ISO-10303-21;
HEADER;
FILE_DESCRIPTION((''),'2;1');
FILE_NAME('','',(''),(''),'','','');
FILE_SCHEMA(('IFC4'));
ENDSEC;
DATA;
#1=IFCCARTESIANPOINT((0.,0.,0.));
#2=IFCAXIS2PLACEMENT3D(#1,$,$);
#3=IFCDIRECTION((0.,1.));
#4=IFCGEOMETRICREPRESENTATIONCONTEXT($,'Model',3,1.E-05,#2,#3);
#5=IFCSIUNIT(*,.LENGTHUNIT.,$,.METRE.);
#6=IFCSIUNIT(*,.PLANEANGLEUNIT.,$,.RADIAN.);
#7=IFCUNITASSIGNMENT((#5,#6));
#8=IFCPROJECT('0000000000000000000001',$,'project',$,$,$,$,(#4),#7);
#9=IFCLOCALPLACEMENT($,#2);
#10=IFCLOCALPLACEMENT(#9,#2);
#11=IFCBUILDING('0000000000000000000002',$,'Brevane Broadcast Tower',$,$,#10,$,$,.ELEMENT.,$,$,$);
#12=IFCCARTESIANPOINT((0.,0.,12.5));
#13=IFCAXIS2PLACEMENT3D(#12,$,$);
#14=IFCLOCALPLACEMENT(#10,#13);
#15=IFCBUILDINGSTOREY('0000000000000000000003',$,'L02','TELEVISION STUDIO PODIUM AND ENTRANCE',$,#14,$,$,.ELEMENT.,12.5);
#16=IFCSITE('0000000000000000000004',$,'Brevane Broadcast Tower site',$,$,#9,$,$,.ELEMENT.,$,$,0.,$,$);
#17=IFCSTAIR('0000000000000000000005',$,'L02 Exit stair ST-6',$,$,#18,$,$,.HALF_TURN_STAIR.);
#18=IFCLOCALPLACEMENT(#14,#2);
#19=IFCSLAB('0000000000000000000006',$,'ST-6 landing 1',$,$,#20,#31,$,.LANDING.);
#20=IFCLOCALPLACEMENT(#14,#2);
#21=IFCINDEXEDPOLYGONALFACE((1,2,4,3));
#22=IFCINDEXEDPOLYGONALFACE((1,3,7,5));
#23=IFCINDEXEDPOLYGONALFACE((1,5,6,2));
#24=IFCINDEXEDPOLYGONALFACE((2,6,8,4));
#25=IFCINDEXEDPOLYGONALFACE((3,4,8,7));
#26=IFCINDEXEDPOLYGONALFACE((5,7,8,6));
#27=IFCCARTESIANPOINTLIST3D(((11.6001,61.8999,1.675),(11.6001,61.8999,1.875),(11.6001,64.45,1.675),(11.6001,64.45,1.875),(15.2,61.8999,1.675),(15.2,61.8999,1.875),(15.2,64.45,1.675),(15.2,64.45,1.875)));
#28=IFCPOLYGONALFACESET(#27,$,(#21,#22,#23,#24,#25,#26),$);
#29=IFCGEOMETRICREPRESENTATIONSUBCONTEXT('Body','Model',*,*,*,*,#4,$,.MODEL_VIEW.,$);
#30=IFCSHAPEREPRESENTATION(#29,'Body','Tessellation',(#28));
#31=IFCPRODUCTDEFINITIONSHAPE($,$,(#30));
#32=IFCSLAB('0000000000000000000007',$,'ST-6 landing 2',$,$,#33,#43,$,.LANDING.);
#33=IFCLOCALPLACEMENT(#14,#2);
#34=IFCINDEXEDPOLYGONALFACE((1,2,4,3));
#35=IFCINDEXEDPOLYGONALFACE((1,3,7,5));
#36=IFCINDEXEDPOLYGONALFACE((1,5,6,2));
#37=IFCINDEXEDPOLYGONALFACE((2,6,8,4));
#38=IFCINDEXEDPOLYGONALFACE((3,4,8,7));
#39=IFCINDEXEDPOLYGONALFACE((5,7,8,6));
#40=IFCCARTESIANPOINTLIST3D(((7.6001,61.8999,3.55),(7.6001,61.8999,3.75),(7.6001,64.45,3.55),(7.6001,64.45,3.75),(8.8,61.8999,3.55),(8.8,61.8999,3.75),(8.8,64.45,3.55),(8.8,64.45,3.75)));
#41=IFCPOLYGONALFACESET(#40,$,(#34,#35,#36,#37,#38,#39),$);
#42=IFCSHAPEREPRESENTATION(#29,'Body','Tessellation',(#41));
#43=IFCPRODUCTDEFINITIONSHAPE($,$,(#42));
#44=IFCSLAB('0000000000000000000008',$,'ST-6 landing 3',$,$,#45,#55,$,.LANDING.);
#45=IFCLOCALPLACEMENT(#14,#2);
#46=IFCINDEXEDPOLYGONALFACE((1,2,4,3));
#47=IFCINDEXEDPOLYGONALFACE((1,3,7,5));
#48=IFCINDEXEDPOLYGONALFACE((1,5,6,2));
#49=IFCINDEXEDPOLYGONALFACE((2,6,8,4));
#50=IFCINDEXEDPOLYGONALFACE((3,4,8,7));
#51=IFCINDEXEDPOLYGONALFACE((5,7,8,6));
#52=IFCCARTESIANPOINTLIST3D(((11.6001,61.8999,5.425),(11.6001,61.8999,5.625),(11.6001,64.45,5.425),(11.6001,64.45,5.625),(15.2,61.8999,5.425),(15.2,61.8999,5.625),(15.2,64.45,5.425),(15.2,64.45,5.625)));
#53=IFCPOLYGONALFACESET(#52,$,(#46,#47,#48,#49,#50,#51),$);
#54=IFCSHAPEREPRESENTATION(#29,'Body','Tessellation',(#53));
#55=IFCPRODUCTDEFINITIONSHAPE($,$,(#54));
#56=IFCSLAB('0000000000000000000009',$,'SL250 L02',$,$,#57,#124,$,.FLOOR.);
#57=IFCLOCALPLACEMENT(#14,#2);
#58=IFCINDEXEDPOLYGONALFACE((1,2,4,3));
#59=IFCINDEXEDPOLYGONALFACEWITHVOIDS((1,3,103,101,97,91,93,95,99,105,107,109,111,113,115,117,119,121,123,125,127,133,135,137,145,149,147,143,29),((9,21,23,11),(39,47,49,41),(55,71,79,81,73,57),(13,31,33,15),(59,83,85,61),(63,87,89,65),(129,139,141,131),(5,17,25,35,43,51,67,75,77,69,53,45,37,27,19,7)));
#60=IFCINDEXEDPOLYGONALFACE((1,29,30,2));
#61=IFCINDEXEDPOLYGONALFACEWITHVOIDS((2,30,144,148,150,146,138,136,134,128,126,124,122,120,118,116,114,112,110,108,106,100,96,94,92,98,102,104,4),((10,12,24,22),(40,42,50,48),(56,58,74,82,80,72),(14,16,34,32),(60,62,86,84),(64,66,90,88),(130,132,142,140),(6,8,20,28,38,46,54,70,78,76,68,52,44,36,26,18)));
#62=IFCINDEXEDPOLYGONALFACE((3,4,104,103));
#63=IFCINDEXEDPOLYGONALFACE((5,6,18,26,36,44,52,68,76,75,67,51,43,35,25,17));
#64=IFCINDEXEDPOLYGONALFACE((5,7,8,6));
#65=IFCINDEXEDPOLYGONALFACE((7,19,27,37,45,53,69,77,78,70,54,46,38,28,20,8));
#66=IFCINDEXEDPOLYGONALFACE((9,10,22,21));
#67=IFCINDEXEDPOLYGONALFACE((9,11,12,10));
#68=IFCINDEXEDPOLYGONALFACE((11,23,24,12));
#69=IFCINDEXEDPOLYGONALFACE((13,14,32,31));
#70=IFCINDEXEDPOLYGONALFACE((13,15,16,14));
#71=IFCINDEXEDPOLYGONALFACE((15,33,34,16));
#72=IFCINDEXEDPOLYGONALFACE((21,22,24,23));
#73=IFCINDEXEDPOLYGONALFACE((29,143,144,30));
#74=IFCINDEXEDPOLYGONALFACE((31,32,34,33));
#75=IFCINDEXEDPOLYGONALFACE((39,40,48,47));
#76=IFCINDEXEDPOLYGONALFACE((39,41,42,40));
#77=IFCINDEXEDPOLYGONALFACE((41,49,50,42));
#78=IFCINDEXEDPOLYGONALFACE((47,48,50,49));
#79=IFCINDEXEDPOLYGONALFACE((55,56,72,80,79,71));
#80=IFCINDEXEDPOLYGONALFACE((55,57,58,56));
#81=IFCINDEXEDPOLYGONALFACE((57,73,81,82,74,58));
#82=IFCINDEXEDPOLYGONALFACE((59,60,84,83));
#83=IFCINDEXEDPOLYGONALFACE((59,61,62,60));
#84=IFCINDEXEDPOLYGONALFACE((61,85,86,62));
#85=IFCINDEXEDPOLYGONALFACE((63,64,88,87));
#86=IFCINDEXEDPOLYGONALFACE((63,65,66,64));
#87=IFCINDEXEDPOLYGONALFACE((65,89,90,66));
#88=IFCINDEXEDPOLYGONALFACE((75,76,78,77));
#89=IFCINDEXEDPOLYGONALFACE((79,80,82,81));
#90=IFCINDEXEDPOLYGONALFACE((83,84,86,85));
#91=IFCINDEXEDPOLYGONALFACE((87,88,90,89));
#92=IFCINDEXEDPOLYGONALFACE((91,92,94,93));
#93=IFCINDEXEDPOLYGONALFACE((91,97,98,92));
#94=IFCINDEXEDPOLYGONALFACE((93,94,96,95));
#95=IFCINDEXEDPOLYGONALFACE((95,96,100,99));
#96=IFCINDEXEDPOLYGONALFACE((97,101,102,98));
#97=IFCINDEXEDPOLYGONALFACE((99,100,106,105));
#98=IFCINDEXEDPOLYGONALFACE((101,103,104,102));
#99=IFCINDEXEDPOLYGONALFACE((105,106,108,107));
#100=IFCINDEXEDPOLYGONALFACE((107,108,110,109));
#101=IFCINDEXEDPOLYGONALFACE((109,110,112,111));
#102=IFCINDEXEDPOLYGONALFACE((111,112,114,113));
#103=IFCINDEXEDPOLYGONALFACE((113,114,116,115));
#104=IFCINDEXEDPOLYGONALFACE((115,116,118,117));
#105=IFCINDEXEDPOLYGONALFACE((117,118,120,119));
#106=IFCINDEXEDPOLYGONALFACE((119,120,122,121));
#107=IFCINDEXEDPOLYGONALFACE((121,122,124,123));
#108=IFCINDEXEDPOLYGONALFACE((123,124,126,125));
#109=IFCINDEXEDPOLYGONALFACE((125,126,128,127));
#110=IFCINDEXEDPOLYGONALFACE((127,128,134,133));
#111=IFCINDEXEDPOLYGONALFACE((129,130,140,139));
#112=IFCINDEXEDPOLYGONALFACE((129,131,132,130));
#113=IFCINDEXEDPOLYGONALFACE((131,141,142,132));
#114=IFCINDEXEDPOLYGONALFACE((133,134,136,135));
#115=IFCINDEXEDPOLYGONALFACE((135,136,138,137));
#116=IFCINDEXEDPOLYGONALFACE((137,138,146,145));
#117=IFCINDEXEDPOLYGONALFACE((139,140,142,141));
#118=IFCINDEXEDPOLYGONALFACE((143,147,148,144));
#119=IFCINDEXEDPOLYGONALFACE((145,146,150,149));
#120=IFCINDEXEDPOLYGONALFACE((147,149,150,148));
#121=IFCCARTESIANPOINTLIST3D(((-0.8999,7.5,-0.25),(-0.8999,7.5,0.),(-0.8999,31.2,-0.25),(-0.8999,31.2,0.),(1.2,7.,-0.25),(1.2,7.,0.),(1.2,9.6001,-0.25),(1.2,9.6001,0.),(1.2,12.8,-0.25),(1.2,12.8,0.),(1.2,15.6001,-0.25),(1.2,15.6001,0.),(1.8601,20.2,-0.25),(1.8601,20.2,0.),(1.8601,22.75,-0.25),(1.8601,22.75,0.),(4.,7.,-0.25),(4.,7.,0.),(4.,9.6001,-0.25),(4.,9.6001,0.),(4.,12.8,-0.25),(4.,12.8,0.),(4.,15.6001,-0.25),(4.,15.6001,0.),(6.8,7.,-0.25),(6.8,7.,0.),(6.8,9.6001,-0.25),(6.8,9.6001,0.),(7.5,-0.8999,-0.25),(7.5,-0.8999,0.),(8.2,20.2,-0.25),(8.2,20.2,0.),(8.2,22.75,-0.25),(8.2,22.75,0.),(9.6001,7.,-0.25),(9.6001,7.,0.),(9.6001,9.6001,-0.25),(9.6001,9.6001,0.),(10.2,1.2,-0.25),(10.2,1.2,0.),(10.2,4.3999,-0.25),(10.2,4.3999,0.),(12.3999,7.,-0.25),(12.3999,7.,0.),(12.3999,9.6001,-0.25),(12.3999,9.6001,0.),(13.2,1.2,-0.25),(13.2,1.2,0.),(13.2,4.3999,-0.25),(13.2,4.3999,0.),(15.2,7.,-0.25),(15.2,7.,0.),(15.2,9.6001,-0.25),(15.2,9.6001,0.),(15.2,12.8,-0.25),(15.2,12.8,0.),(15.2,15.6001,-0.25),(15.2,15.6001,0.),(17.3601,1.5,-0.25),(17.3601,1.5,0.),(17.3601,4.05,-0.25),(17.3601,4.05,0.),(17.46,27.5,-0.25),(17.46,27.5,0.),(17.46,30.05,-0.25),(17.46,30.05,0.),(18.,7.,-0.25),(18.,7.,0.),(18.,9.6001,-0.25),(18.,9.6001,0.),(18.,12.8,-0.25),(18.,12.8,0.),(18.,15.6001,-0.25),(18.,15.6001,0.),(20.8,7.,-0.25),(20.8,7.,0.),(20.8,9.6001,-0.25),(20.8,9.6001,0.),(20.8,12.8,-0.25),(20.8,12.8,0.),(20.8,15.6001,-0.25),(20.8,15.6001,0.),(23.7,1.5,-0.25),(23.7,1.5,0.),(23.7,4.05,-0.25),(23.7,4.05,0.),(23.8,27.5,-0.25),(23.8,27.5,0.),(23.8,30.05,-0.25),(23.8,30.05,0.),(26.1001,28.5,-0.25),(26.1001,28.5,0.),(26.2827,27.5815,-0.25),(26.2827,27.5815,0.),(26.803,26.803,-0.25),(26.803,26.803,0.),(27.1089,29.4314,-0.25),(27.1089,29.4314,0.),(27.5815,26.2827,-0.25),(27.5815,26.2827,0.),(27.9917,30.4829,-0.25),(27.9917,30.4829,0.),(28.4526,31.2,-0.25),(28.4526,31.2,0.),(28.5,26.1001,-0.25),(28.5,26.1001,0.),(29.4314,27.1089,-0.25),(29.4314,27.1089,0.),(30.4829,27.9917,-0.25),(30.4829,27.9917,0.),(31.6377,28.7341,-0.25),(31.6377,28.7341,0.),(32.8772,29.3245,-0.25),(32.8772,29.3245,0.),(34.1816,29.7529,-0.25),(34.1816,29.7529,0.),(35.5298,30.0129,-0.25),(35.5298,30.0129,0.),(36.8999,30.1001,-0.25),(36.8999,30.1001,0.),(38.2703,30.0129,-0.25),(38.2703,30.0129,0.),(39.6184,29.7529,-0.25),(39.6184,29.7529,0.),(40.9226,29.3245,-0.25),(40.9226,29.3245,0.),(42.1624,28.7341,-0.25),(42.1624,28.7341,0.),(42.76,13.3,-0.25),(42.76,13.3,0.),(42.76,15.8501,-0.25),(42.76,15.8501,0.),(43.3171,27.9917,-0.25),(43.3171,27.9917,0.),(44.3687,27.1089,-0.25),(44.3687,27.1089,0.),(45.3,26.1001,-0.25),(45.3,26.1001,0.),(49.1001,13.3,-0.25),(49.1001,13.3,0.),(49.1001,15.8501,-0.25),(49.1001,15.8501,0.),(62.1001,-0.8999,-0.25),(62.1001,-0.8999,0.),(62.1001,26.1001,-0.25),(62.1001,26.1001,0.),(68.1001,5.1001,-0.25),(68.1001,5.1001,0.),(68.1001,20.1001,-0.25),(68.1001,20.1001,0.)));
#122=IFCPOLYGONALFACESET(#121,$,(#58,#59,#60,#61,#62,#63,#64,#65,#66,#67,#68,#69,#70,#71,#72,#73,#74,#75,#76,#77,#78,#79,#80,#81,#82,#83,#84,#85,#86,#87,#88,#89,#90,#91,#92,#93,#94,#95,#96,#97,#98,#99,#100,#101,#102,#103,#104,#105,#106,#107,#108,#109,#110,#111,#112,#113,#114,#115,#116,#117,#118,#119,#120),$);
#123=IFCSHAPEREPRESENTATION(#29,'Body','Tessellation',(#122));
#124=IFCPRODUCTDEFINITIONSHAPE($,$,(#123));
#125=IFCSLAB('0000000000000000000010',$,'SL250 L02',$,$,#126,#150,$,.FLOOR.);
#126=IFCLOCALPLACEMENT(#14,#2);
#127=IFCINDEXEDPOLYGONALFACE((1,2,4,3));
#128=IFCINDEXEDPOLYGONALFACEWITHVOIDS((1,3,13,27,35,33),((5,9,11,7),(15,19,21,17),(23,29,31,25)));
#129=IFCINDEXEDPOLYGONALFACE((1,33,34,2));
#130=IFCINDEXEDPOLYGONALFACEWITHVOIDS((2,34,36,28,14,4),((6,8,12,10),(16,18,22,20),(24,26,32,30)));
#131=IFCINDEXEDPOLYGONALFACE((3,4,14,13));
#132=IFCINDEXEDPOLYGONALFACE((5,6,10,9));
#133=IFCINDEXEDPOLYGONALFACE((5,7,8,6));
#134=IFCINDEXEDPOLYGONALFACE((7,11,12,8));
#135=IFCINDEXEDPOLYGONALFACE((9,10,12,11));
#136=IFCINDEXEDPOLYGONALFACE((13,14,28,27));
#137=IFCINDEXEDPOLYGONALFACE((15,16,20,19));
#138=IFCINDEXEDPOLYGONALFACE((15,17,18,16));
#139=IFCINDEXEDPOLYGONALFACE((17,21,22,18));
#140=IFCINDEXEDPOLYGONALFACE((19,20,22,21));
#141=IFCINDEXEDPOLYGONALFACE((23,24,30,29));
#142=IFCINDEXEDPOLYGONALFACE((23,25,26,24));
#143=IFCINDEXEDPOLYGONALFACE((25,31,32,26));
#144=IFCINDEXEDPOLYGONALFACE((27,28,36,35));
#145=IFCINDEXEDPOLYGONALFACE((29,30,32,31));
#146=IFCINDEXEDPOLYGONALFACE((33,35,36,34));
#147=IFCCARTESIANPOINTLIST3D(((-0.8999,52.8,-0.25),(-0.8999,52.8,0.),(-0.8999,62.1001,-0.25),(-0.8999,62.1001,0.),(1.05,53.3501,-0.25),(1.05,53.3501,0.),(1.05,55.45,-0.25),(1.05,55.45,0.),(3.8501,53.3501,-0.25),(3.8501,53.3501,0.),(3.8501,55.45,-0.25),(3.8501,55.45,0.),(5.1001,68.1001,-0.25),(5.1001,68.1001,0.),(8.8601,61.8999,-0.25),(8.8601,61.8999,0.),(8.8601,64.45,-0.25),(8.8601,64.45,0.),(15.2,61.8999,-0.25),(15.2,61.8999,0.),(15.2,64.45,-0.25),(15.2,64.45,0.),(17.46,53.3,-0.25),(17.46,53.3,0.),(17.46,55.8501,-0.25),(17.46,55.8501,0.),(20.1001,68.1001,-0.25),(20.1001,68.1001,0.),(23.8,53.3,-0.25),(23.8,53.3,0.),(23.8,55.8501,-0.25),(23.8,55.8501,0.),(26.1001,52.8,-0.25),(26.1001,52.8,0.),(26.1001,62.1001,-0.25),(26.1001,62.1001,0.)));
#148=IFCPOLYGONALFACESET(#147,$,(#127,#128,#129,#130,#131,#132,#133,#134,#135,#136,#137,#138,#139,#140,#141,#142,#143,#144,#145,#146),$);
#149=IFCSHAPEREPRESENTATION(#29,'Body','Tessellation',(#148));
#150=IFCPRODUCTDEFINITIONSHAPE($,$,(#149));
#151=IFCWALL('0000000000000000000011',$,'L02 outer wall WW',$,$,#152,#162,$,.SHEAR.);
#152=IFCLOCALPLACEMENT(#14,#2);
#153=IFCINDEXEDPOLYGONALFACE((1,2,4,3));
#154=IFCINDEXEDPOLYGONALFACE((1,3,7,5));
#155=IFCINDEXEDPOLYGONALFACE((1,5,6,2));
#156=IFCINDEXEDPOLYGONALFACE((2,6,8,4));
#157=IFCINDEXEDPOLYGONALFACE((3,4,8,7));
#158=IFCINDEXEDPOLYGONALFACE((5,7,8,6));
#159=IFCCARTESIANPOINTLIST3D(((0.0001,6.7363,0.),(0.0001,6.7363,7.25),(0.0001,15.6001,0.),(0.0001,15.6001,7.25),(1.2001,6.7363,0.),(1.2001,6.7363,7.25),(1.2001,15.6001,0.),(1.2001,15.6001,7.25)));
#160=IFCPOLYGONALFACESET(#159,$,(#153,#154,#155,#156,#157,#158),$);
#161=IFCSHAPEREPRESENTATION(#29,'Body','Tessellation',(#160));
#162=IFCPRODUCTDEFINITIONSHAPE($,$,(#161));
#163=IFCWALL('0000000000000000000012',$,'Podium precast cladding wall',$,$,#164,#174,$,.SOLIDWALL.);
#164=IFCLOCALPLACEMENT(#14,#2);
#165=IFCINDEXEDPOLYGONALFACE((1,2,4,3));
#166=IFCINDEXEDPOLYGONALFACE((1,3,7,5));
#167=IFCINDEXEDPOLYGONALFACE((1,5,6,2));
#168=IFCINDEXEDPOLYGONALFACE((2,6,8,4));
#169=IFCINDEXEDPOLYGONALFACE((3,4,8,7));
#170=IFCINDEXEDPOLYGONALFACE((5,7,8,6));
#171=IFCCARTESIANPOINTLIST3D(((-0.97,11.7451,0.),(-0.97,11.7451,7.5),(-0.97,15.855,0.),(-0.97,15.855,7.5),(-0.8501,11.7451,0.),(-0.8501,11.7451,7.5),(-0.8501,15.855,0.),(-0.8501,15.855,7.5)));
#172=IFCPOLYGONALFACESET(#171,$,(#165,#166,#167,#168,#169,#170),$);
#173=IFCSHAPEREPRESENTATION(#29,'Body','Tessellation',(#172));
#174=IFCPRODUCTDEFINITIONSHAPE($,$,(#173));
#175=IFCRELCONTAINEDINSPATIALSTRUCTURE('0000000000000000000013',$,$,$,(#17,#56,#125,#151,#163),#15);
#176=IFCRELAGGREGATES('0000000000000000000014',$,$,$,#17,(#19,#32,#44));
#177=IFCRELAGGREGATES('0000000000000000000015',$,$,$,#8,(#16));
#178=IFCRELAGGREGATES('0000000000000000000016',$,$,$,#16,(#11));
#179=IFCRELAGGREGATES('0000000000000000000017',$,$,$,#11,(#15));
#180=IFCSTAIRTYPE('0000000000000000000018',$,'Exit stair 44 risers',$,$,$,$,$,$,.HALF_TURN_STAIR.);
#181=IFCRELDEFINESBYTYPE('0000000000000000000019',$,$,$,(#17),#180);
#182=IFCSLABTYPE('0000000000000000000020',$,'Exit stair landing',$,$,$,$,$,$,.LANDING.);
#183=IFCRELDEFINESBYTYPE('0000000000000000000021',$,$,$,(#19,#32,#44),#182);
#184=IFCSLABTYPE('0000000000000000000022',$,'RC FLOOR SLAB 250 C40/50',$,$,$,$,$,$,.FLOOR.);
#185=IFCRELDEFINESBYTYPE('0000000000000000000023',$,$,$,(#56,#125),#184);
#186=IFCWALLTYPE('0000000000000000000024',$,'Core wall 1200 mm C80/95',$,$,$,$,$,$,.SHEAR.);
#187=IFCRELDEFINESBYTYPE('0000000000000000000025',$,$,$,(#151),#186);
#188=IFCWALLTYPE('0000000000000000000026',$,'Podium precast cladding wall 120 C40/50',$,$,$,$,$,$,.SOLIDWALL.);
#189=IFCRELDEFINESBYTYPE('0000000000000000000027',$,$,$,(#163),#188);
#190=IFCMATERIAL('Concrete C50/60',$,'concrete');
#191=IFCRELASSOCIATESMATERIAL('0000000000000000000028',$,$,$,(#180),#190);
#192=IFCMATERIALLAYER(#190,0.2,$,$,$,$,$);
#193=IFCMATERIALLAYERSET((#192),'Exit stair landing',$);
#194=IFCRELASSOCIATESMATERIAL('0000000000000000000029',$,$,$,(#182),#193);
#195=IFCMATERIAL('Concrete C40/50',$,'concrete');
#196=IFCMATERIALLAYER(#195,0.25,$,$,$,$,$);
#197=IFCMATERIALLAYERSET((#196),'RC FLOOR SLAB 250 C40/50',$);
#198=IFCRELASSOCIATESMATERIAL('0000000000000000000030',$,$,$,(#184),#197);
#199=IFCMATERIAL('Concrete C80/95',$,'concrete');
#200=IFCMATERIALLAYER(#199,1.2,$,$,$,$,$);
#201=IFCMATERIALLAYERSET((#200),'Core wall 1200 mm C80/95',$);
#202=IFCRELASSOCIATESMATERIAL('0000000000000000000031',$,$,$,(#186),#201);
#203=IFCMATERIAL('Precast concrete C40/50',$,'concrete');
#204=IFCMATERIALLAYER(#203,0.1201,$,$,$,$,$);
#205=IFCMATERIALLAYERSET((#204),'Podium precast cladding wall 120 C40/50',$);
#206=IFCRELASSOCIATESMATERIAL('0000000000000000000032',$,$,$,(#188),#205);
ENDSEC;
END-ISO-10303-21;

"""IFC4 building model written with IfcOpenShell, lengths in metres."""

from ifc_helpers import new_model, si_unit, direction, frame, frame_2d, origin, place, context, subcontext, project, spatial, polyline, rectangle, outline, extrude, material, layer, layer_set, type_object, element, aggregate, save


model = new_model("IFC4")

# Units and contexts
model_context = context("Model", 3, precision=1e-05, world=origin(), true_north=direction((0.0, 1.0)))
body_context = subcontext(model_context, "Body", "Model", "MODEL_VIEW")
ifc_project = project(units=[si_unit("LENGTHUNIT", "METRE"), si_unit("PLANEANGLEUNIT", "RADIAN")], contexts=[model_context])

# Site, building, storey
site_placement = place(None, origin())
site = spatial("IfcSite", under=ifc_project, at=site_placement, Name="Brevane Broadcast Tower site", CompositionType="ELEMENT", RefElevation=0.0)
building_placement = place(site_placement, origin())
building = spatial("IfcBuilding", under=site, at=building_placement, Name="Brevane Broadcast Tower", CompositionType="ELEMENT")
storey_placement = place(building_placement, frame((0.0, 0.0, 12.5)))
storey = spatial("IfcBuildingStorey", under=building, at=storey_placement, Name="L02", Description="TELEVISION STUDIO PODIUM AND ENTRANCE", CompositionType="ELEMENT", Elevation=12.5)

# Stair, slabs
ifc_material_1 = material(Name="Concrete C50/60", Category="concrete")
stair_type = type_object("IfcStairType", Name="Exit stair 44 risers", PredefinedType="HALF_TURN_STAIR", material=ifc_material_1)
ifc_layer_1 = layer(ifc_material_1, 0.2)
ifc_layer_set_1 = layer_set([ifc_layer_1], Name="Exit stair landing")
slab_type_1 = type_object("IfcSlabType", Name="Exit stair landing", PredefinedType="LANDING", material=ifc_layer_set_1)
stair_1_placement = place(storey_placement, origin())
stair_1 = element("IfcStair", 1, at=stair_1_placement, inside=storey, type_object=stair_type, Name="L02 Exit stair ST-6", PredefinedType="HALF_TURN_STAIR")
slab_1_placement = place(storey_placement, frame((0.0, 0.0, 1.675)))
slab_1 = element("IfcSlab", 2, at=slab_1_placement, type_object=slab_type_1, Name="ST-6 landing 1", PredefinedType="LANDING", context=body_context, shape_type="SweptSolid", body=[
    extrude(outline(polyline([(11.6001, 61.8999), (15.2, 61.8999), (15.2, 64.45), (11.6001, 64.45), (11.6001, 61.8999)])), origin(), (0.0, 0.0, 1.0), 0.2),
])
slab_2_placement = place(storey_placement, frame((0.0, 0.0, 3.55)))
slab_2 = element("IfcSlab", 3, at=slab_2_placement, type_object=slab_type_1, Name="ST-6 landing 2", PredefinedType="LANDING", context=body_context, shape_type="SweptSolid", body=[
    extrude(outline(polyline([(7.6001, 61.8999), (8.8, 61.8999), (8.8, 64.45), (7.6001, 64.45), (7.6001, 61.8999)])), origin(), (0.0, 0.0, 1.0), 0.2),
])
slab_3_placement = place(storey_placement, frame((0.0, 0.0, 5.425)))
slab_3 = element("IfcSlab", 4, at=slab_3_placement, type_object=slab_type_1, Name="ST-6 landing 3", PredefinedType="LANDING", context=body_context, shape_type="SweptSolid", body=[
    extrude(outline(polyline([(11.6001, 61.8999), (15.2, 61.8999), (15.2, 64.45), (11.6001, 64.45), (11.6001, 61.8999)])), origin(), (0.0, 0.0, 1.0), 0.2),
])
aggregate(stair_1, [slab_1, slab_2, slab_3])

# Slabs
ifc_material_2 = material(Name="Concrete C40/50", Category="concrete")
ifc_layer_2 = layer(ifc_material_2, 0.25)
ifc_layer_set_2 = layer_set([ifc_layer_2], Name="RC FLOOR SLAB 250 C40/50")
slab_type_2 = type_object("IfcSlabType", Name="RC FLOOR SLAB 250 C40/50", PredefinedType="FLOOR", material=ifc_layer_set_2)
slab_4_placement = place(storey_placement, frame((0.0, 0.0, -0.25)))
element("IfcSlab", 5, at=slab_4_placement, inside=storey, type_object=slab_type_2, Name="SL250 L02", PredefinedType="FLOOR", context=body_context, shape_type="SweptSolid", body=[
    extrude(outline(polyline([(-0.8999, 31.2), (28.4526, 31.2), (27.9917, 30.4829), (27.1089, 29.4314), (26.1001, 28.5), (26.2827, 27.5815), (26.803, 26.803), (27.5815, 26.2827), (28.5, 26.1001), (29.4314, 27.1089), (30.4829, 27.9917), (31.6377, 28.7341), (32.8772, 29.3245), (34.1816, 29.7529), (35.5298, 30.0129), (36.8999, 30.1001), (38.2703, 30.0129), (39.6184, 29.7529), (40.9226, 29.3245), (42.1624, 28.7341), (43.3171, 27.9917), (44.3687, 27.1089), (45.3, 26.1001), (62.1001, 26.1001), (68.1001, 20.1001), (68.1001, 5.1001), (62.1001, -0.8999), (7.5, -0.8999), (-0.8999, 7.5), (-0.8999, 31.2)]), holes=[polyline([(13.2, 1.2), (13.2, 4.3999), (10.2, 4.3999), (10.2, 1.2), (13.2, 1.2)]), polyline([(6.8, 9.6001), (4.0, 9.6001), (1.2, 9.6001), (1.2, 7.0), (4.0, 7.0), (6.8, 7.0), (9.6001, 7.0), (12.3999, 7.0), (15.2, 7.0), (18.0, 7.0), (20.8, 7.0), (20.8, 9.6001), (18.0, 9.6001), (15.2, 9.6001), (12.3999, 9.6001), (9.6001, 9.6001), (6.8, 9.6001)]), polyline([(4.0, 12.8), (4.0, 15.6001), (1.2, 15.6001), (1.2, 12.8), (4.0, 12.8)]), polyline([(8.2, 22.75), (1.8601, 22.75), (1.8601, 20.2), (8.2, 20.2), (8.2, 22.75)]), polyline([(23.7, 4.05), (17.3601, 4.05), (17.3601, 1.5), (23.7, 1.5), (23.7, 4.05)]), polyline([(18.0, 15.6001), (15.2, 15.6001), (15.2, 12.8), (18.0, 12.8), (20.8, 12.8), (20.8, 15.6001), (18.0, 15.6001)]), polyline([(49.1001, 15.8501), (42.76, 15.8501), (42.76, 13.3), (49.1001, 13.3), (49.1001, 15.8501)]), polyline([(23.8, 27.5), (23.8, 30.05), (17.46, 30.05), (17.46, 27.5), (23.8, 27.5)])]), origin(), (0.0, 0.0, 1.0), 0.25),
])
slab_5_placement = place(storey_placement, frame((0.0, 0.0, -0.25)))
element("IfcSlab", 6, at=slab_5_placement, inside=storey, type_object=slab_type_2, Name="SL250 L02", PredefinedType="FLOOR", context=body_context, shape_type="SweptSolid", body=[
    extrude(outline(polyline([(5.1001, 68.1001), (20.1001, 68.1001), (26.1001, 62.1001), (26.1001, 52.8), (-0.8999, 52.8), (-0.8999, 62.1001), (5.1001, 68.1001)]), holes=[polyline([(1.05, 53.3501), (3.8501, 53.3501), (3.8501, 55.45), (1.05, 55.45), (1.05, 53.3501)]), polyline([(15.2, 61.8999), (15.2, 64.45), (8.8601, 64.45), (8.8601, 61.8999), (15.2, 61.8999)]), polyline([(23.8, 53.3), (23.8, 55.8501), (17.46, 55.8501), (17.46, 53.3), (23.8, 53.3)])]), origin(), (0.0, 0.0, 1.0), 0.25),
])

# Walls
ifc_material_3 = material(Name="Concrete C80/95", Category="concrete")
ifc_layer_3 = layer(ifc_material_3, 1.2)
ifc_layer_set_3 = layer_set([ifc_layer_3], Name="Core wall 1200 mm C80/95")
wall_type_1 = type_object("IfcWallType", Name="Core wall 1200 mm C80/95", PredefinedType="SHEAR", material=ifc_layer_set_3)
wall_1_placement = place(storey_placement, frame((0.6001, 6.7363, 0.0), z_axis=(0.0, 0.0, 1.0), x_axis=(0.0, 1.0, 0.0)))
element("IfcWall", 7, at=wall_1_placement, inside=storey, type_object=wall_type_1, Name="L02 outer wall WW", PredefinedType="SHEAR", context=body_context, shape_type="SweptSolid", body=[
    extrude(rectangle(XDim=8.8638, YDim=1.2, at=frame_2d((4.4319, 0.0))), origin(), (0.0, 0.0, 1.0), 7.25),
])
ifc_material_4 = material(Name="Precast concrete C40/50", Category="concrete")
ifc_layer_4 = layer(ifc_material_4, 0.1201)
ifc_layer_set_4 = layer_set([ifc_layer_4], Name="Podium precast cladding wall 120 C40/50")
wall_type_2 = type_object("IfcWallType", Name="Podium precast cladding wall 120 C40/50", PredefinedType="SOLIDWALL", material=ifc_layer_set_4)
wall_2_placement = place(storey_placement, origin())
element("IfcWall", 8, at=wall_2_placement, inside=storey, type_object=wall_type_2, Name="Podium precast cladding wall", PredefinedType="SOLIDWALL", context=body_context, shape_type="SweptSolid", body=[
    extrude(outline(polyline([(-0.97, 11.7451), (-0.8501, 11.7451), (-0.8501, 15.855), (-0.97, 15.855), (-0.97, 11.7451)])), origin(), (0.0, 0.0, 1.0), 7.5),
])

save(model, "model.ifc")
